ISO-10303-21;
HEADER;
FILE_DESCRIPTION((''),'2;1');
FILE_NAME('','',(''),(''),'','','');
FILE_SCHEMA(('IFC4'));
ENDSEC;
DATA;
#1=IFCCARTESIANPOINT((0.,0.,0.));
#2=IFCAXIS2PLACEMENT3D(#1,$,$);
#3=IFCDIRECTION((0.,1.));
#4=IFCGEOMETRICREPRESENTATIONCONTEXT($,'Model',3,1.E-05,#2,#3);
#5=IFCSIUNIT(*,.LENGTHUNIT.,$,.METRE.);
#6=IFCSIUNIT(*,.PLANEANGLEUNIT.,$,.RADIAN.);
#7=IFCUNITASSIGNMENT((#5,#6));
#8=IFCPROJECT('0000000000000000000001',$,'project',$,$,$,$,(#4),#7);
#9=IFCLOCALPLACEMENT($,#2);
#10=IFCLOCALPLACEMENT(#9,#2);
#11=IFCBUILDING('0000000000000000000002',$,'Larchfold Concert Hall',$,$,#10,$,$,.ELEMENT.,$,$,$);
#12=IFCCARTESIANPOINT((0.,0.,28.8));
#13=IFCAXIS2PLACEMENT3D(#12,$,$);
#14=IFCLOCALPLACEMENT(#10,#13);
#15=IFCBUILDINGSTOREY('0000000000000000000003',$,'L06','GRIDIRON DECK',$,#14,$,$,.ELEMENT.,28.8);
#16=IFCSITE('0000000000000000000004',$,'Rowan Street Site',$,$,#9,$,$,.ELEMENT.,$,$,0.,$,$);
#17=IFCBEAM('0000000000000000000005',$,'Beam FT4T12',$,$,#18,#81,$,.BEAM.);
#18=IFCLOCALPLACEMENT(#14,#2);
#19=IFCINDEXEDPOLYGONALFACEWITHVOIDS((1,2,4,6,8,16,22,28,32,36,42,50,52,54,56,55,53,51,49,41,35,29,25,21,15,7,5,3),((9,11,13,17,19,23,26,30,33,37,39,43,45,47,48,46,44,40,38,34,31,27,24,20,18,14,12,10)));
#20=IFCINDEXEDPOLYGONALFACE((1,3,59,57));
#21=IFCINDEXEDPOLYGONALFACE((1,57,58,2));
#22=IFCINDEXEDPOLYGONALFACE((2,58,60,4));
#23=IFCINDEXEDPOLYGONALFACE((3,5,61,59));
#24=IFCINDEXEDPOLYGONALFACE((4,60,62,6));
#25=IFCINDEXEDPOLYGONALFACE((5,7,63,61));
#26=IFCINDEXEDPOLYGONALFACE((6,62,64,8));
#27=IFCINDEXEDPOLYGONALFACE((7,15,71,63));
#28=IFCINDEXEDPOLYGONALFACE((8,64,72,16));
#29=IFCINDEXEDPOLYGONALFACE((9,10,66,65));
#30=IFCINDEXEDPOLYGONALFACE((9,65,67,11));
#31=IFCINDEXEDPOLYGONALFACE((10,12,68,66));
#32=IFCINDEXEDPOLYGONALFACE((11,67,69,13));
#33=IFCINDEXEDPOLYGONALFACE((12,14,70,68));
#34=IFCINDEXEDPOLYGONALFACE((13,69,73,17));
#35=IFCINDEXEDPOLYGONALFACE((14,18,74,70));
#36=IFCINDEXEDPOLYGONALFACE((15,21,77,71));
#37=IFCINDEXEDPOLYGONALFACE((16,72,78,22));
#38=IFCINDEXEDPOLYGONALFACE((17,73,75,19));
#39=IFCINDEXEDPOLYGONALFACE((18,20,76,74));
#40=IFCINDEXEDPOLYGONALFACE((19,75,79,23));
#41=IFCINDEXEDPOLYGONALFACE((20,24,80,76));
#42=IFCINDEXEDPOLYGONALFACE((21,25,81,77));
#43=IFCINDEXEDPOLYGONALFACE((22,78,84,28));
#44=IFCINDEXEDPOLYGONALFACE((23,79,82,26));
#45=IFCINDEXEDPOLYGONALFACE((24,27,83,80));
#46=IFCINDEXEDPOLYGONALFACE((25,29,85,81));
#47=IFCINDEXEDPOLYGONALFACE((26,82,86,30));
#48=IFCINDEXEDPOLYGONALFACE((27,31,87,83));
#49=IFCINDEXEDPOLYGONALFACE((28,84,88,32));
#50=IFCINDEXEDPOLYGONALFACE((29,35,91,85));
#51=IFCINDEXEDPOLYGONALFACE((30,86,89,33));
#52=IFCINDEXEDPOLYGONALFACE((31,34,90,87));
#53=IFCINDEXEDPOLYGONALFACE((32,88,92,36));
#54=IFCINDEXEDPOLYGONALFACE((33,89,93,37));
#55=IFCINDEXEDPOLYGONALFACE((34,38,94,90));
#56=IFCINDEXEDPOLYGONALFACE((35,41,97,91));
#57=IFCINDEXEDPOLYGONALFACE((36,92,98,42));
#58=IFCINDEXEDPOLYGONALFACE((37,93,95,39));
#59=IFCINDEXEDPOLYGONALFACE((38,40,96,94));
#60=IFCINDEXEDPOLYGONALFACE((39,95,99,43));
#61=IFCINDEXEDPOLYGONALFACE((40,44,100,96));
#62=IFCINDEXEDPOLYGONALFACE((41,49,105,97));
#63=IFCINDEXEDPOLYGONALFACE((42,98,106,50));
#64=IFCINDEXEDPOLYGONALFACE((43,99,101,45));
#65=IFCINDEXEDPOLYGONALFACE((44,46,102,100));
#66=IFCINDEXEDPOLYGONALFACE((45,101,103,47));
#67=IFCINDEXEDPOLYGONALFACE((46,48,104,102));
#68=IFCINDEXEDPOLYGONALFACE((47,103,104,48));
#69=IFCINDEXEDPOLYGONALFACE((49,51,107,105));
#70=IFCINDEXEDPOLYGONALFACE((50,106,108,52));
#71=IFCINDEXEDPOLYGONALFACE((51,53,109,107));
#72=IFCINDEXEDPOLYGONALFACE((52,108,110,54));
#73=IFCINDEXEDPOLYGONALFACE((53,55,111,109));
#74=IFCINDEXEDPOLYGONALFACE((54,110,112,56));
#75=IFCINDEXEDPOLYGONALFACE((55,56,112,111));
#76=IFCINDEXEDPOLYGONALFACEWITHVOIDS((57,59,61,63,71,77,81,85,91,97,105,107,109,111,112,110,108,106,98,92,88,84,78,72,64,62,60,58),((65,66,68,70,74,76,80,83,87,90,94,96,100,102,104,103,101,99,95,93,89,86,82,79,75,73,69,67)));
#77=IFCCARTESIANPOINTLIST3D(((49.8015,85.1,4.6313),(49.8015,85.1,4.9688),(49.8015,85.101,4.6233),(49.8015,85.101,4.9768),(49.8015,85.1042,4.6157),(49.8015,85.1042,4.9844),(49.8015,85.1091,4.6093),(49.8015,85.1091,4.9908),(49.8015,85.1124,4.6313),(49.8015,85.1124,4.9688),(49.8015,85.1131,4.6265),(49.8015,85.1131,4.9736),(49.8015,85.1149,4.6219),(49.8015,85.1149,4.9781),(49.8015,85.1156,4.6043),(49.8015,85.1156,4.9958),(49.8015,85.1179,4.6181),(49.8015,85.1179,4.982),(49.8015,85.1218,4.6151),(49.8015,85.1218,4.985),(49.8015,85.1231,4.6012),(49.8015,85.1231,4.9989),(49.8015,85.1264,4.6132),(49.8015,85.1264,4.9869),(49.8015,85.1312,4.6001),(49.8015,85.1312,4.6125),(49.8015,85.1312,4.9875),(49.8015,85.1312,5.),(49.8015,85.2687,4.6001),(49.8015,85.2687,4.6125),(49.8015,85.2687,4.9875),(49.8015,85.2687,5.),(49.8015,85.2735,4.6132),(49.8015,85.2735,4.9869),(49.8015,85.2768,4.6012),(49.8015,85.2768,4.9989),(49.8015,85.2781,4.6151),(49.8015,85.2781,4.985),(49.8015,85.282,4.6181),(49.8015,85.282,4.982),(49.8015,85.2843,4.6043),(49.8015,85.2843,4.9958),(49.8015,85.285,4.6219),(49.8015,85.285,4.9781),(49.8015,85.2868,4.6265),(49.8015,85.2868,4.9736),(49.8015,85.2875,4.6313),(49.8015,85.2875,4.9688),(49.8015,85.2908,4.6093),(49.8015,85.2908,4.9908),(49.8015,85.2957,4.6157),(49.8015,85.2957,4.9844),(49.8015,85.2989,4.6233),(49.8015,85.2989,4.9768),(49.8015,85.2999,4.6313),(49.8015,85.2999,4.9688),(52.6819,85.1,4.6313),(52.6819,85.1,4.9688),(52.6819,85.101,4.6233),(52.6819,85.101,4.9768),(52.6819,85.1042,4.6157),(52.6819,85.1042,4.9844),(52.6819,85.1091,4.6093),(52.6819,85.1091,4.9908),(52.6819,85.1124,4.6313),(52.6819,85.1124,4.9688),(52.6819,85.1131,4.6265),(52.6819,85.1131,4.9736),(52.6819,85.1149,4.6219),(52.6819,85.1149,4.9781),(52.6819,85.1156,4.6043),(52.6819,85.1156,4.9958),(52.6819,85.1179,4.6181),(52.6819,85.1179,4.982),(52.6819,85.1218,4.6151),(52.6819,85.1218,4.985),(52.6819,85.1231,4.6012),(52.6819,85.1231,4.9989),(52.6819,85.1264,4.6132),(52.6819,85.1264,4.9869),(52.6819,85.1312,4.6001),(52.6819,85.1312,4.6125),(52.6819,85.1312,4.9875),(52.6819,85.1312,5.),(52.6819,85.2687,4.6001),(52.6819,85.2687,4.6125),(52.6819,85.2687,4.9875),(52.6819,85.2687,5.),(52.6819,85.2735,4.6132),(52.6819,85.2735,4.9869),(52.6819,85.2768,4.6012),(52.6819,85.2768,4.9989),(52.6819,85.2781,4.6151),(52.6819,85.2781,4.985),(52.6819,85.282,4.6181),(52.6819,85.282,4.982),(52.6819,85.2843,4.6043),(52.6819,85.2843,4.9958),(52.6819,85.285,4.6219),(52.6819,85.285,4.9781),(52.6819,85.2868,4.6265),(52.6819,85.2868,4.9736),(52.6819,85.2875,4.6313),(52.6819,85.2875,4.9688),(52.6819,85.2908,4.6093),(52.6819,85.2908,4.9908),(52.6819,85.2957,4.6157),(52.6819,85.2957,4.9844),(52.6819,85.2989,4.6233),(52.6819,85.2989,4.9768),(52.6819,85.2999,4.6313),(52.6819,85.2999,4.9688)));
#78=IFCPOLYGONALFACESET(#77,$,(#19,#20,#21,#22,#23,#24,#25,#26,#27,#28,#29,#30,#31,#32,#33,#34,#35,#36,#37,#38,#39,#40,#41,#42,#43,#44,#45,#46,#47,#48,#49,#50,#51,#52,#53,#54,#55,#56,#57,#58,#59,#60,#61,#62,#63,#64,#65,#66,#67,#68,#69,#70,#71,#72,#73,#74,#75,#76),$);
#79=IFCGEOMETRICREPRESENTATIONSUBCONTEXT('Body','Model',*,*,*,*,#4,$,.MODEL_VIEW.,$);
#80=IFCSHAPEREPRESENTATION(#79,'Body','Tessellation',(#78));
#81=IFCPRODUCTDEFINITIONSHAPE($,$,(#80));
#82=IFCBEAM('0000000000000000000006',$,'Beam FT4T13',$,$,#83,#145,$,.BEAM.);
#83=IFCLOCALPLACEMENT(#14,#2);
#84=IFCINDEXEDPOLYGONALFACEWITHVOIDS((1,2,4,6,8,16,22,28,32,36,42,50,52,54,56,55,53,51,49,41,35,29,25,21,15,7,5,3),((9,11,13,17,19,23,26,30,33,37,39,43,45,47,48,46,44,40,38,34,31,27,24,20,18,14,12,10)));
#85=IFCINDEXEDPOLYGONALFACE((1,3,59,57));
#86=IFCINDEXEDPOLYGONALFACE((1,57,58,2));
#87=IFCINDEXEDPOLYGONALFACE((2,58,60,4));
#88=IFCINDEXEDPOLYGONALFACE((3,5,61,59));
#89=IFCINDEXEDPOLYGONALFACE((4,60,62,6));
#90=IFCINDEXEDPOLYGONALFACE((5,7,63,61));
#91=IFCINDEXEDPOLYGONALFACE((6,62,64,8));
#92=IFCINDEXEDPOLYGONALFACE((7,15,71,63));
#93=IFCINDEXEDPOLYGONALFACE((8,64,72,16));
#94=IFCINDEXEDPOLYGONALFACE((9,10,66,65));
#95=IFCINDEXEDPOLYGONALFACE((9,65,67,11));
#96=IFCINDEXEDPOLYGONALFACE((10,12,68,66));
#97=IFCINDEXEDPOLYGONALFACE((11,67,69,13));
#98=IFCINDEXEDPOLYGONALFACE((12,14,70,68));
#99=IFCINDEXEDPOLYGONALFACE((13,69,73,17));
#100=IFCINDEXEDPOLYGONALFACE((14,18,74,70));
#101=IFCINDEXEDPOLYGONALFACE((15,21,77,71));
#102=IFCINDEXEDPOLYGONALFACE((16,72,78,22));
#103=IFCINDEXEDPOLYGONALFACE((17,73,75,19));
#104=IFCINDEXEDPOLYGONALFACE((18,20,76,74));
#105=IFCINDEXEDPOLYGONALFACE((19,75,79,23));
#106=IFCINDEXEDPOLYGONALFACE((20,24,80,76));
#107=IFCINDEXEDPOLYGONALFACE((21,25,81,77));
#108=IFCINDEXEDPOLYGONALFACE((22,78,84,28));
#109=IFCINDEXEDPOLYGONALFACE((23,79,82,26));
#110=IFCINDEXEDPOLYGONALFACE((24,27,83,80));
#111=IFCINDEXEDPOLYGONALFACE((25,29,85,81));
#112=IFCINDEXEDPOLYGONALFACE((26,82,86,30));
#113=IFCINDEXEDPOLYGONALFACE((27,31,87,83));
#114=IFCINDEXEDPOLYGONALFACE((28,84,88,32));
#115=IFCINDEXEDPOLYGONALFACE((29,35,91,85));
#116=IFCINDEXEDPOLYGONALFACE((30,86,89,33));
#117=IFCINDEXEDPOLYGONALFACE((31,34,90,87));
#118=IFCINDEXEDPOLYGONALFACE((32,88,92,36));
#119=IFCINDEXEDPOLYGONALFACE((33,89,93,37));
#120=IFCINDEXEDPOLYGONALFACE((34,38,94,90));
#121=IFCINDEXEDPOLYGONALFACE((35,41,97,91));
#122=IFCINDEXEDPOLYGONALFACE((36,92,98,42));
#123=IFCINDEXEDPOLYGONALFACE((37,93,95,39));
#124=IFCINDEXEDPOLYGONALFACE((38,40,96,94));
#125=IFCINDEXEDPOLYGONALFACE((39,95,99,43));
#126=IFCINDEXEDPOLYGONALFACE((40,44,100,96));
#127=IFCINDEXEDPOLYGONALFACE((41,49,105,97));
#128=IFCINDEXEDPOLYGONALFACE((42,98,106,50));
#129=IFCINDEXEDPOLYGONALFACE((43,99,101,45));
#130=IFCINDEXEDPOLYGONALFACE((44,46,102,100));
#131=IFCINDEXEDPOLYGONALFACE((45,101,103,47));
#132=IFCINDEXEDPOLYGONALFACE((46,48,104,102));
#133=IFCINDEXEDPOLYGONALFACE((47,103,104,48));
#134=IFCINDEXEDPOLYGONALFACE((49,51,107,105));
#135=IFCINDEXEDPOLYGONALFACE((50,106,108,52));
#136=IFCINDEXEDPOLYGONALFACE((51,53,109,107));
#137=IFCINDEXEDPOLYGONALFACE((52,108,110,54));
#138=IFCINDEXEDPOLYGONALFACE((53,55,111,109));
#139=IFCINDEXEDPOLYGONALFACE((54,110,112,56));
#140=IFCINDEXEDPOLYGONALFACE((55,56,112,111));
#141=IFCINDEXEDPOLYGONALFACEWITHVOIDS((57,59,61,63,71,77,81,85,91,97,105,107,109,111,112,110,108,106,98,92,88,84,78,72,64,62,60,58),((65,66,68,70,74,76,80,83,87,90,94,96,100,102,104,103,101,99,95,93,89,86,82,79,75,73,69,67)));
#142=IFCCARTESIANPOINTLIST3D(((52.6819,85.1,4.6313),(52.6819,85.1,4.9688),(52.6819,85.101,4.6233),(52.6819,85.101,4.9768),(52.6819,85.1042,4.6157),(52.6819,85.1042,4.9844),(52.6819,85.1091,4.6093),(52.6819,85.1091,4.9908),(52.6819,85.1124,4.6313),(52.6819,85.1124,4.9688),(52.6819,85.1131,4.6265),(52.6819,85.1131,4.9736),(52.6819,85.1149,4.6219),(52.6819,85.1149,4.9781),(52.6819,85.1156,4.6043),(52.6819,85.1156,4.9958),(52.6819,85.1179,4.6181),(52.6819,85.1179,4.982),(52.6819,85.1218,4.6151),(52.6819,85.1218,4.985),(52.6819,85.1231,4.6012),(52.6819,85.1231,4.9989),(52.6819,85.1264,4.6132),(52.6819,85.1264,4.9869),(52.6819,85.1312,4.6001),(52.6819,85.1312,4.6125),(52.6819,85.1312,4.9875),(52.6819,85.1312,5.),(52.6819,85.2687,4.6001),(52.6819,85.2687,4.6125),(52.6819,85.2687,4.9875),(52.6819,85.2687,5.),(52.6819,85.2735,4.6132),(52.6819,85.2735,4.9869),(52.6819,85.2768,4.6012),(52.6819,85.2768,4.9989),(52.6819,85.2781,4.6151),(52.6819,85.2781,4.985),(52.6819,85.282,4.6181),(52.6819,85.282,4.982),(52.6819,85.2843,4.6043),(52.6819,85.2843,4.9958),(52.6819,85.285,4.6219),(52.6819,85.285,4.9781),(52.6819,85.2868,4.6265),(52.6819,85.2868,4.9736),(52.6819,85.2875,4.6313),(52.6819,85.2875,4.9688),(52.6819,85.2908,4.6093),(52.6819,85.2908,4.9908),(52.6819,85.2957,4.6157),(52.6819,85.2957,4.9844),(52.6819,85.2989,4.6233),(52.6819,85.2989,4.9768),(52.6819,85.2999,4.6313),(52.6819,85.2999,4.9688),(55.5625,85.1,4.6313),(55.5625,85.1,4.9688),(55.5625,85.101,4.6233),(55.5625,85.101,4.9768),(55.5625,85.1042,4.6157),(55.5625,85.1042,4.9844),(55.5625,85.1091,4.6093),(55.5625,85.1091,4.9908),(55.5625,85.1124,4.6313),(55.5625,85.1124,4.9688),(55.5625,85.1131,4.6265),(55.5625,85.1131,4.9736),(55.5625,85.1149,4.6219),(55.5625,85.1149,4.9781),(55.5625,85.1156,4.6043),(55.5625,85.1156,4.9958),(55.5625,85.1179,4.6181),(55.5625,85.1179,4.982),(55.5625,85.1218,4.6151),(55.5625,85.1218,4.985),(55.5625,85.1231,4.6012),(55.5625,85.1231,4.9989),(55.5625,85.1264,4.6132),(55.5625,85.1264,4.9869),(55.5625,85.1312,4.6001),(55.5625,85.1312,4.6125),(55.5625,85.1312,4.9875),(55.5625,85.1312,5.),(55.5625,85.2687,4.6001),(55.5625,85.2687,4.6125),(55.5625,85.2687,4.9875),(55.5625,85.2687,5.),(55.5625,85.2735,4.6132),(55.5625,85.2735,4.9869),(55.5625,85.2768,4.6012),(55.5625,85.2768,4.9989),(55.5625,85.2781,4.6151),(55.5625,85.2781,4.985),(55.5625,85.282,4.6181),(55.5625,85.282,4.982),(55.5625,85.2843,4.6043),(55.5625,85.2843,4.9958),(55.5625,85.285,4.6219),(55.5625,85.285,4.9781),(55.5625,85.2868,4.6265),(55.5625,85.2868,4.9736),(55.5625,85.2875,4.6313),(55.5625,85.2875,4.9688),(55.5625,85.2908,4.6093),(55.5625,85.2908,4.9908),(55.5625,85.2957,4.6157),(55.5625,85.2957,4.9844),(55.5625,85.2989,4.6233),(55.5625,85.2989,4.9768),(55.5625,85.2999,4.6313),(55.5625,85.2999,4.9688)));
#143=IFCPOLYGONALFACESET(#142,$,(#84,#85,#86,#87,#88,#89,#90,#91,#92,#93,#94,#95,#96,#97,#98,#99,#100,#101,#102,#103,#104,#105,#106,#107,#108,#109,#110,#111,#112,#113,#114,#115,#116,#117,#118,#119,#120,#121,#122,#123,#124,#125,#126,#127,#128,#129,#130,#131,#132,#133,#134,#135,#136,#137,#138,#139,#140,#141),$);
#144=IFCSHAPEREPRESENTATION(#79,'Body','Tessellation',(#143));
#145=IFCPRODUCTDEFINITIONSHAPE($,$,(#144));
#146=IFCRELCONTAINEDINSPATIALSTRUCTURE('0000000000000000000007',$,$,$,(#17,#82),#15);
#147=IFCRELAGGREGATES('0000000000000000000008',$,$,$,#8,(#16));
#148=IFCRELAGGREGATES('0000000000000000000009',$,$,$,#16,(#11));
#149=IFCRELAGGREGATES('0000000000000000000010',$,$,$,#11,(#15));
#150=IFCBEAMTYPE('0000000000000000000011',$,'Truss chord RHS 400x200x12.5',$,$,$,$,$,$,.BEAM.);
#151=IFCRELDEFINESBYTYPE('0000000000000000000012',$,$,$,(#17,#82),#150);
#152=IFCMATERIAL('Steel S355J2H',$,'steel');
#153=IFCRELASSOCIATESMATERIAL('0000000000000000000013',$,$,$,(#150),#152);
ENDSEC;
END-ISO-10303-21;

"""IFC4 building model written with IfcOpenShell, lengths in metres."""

from ifc_helpers import new_model, si_unit, direction, frame, origin, origin_2d, place, context, subcontext, project, spatial, hollow_rectangle, extrude, material, material_profile, profile_set, type_object, element, save


model = new_model("IFC4")

# Units and contexts
model_context = context("Model", 3, precision=1e-05, world=origin(), true_north=direction((0.0, 1.0)))
body_context = subcontext(model_context, "Body", "Model", "MODEL_VIEW")
ifc_project = project(units=[si_unit("LENGTHUNIT", "METRE"), si_unit("PLANEANGLEUNIT", "RADIAN")], contexts=[model_context])

# Site, building, storey
site_placement = place(None, origin())
site = spatial("IfcSite", under=ifc_project, at=site_placement, Name="Rowan Street Site", CompositionType="ELEMENT", RefElevation=0.0)
building_placement = place(site_placement, origin())
building = spatial("IfcBuilding", under=site, at=building_placement, Name="Larchfold Concert Hall", CompositionType="ELEMENT")
storey_placement = place(building_placement, frame((0.0, 0.0, 28.8)))
storey = spatial("IfcBuildingStorey", under=building, at=storey_placement, Name="L06", Description="GRIDIRON DECK", CompositionType="ELEMENT", Elevation=28.8)

# Beams
ifc_material_1 = material(Name="Steel S355J2H", Category="steel")
ifc_material_profile_1 = material_profile(ifc_material_1, hollow_rectangle(XDim=0.2, YDim=0.3999, WallThickness=0.0125, InnerFilletRadius=0.0188, OuterFilletRadius=0.0312, at=origin_2d()))
ifc_profile_set_1 = profile_set([ifc_material_profile_1], Name="Steel S355J2H")
beam_type_1 = type_object("IfcBeamType", Name="Truss chord RHS 400x200x12.5", PredefinedType="BEAM", material=ifc_profile_set_1)
beam_1_placement = place(storey_placement, frame((49.8015, 85.2, 4.8), z_axis=(1.0, 0.0, 0.0), x_axis=(0.0, 1.0, 0.0)))
element("IfcBeam", 1, at=beam_1_placement, inside=storey, type_object=beam_type_1, Name="Beam FT4T12", PredefinedType="BEAM", context=body_context, shape_type="SweptSolid", body=[
    extrude(hollow_rectangle(XDim=0.2, YDim=0.3999, WallThickness=0.0125, InnerFilletRadius=0.0188, OuterFilletRadius=0.0312, at=origin_2d()), origin(), (0.0, 0.0, 1.0), 2.8804),
])
beam_2_placement = place(storey_placement, frame((52.6819, 85.2, 4.8), z_axis=(1.0, 0.0, 0.0), x_axis=(0.0, 1.0, 0.0)))
element("IfcBeam", 2, at=beam_2_placement, inside=storey, type_object=beam_type_1, Name="Beam FT4T13", PredefinedType="BEAM", context=body_context, shape_type="SweptSolid", body=[
    extrude(hollow_rectangle(XDim=0.2, YDim=0.3999, WallThickness=0.0125, InnerFilletRadius=0.0188, OuterFilletRadius=0.0312, at=origin_2d()), origin(), (0.0, 0.0, 1.0), 2.8806),
])

save(model, "model.ifc")
